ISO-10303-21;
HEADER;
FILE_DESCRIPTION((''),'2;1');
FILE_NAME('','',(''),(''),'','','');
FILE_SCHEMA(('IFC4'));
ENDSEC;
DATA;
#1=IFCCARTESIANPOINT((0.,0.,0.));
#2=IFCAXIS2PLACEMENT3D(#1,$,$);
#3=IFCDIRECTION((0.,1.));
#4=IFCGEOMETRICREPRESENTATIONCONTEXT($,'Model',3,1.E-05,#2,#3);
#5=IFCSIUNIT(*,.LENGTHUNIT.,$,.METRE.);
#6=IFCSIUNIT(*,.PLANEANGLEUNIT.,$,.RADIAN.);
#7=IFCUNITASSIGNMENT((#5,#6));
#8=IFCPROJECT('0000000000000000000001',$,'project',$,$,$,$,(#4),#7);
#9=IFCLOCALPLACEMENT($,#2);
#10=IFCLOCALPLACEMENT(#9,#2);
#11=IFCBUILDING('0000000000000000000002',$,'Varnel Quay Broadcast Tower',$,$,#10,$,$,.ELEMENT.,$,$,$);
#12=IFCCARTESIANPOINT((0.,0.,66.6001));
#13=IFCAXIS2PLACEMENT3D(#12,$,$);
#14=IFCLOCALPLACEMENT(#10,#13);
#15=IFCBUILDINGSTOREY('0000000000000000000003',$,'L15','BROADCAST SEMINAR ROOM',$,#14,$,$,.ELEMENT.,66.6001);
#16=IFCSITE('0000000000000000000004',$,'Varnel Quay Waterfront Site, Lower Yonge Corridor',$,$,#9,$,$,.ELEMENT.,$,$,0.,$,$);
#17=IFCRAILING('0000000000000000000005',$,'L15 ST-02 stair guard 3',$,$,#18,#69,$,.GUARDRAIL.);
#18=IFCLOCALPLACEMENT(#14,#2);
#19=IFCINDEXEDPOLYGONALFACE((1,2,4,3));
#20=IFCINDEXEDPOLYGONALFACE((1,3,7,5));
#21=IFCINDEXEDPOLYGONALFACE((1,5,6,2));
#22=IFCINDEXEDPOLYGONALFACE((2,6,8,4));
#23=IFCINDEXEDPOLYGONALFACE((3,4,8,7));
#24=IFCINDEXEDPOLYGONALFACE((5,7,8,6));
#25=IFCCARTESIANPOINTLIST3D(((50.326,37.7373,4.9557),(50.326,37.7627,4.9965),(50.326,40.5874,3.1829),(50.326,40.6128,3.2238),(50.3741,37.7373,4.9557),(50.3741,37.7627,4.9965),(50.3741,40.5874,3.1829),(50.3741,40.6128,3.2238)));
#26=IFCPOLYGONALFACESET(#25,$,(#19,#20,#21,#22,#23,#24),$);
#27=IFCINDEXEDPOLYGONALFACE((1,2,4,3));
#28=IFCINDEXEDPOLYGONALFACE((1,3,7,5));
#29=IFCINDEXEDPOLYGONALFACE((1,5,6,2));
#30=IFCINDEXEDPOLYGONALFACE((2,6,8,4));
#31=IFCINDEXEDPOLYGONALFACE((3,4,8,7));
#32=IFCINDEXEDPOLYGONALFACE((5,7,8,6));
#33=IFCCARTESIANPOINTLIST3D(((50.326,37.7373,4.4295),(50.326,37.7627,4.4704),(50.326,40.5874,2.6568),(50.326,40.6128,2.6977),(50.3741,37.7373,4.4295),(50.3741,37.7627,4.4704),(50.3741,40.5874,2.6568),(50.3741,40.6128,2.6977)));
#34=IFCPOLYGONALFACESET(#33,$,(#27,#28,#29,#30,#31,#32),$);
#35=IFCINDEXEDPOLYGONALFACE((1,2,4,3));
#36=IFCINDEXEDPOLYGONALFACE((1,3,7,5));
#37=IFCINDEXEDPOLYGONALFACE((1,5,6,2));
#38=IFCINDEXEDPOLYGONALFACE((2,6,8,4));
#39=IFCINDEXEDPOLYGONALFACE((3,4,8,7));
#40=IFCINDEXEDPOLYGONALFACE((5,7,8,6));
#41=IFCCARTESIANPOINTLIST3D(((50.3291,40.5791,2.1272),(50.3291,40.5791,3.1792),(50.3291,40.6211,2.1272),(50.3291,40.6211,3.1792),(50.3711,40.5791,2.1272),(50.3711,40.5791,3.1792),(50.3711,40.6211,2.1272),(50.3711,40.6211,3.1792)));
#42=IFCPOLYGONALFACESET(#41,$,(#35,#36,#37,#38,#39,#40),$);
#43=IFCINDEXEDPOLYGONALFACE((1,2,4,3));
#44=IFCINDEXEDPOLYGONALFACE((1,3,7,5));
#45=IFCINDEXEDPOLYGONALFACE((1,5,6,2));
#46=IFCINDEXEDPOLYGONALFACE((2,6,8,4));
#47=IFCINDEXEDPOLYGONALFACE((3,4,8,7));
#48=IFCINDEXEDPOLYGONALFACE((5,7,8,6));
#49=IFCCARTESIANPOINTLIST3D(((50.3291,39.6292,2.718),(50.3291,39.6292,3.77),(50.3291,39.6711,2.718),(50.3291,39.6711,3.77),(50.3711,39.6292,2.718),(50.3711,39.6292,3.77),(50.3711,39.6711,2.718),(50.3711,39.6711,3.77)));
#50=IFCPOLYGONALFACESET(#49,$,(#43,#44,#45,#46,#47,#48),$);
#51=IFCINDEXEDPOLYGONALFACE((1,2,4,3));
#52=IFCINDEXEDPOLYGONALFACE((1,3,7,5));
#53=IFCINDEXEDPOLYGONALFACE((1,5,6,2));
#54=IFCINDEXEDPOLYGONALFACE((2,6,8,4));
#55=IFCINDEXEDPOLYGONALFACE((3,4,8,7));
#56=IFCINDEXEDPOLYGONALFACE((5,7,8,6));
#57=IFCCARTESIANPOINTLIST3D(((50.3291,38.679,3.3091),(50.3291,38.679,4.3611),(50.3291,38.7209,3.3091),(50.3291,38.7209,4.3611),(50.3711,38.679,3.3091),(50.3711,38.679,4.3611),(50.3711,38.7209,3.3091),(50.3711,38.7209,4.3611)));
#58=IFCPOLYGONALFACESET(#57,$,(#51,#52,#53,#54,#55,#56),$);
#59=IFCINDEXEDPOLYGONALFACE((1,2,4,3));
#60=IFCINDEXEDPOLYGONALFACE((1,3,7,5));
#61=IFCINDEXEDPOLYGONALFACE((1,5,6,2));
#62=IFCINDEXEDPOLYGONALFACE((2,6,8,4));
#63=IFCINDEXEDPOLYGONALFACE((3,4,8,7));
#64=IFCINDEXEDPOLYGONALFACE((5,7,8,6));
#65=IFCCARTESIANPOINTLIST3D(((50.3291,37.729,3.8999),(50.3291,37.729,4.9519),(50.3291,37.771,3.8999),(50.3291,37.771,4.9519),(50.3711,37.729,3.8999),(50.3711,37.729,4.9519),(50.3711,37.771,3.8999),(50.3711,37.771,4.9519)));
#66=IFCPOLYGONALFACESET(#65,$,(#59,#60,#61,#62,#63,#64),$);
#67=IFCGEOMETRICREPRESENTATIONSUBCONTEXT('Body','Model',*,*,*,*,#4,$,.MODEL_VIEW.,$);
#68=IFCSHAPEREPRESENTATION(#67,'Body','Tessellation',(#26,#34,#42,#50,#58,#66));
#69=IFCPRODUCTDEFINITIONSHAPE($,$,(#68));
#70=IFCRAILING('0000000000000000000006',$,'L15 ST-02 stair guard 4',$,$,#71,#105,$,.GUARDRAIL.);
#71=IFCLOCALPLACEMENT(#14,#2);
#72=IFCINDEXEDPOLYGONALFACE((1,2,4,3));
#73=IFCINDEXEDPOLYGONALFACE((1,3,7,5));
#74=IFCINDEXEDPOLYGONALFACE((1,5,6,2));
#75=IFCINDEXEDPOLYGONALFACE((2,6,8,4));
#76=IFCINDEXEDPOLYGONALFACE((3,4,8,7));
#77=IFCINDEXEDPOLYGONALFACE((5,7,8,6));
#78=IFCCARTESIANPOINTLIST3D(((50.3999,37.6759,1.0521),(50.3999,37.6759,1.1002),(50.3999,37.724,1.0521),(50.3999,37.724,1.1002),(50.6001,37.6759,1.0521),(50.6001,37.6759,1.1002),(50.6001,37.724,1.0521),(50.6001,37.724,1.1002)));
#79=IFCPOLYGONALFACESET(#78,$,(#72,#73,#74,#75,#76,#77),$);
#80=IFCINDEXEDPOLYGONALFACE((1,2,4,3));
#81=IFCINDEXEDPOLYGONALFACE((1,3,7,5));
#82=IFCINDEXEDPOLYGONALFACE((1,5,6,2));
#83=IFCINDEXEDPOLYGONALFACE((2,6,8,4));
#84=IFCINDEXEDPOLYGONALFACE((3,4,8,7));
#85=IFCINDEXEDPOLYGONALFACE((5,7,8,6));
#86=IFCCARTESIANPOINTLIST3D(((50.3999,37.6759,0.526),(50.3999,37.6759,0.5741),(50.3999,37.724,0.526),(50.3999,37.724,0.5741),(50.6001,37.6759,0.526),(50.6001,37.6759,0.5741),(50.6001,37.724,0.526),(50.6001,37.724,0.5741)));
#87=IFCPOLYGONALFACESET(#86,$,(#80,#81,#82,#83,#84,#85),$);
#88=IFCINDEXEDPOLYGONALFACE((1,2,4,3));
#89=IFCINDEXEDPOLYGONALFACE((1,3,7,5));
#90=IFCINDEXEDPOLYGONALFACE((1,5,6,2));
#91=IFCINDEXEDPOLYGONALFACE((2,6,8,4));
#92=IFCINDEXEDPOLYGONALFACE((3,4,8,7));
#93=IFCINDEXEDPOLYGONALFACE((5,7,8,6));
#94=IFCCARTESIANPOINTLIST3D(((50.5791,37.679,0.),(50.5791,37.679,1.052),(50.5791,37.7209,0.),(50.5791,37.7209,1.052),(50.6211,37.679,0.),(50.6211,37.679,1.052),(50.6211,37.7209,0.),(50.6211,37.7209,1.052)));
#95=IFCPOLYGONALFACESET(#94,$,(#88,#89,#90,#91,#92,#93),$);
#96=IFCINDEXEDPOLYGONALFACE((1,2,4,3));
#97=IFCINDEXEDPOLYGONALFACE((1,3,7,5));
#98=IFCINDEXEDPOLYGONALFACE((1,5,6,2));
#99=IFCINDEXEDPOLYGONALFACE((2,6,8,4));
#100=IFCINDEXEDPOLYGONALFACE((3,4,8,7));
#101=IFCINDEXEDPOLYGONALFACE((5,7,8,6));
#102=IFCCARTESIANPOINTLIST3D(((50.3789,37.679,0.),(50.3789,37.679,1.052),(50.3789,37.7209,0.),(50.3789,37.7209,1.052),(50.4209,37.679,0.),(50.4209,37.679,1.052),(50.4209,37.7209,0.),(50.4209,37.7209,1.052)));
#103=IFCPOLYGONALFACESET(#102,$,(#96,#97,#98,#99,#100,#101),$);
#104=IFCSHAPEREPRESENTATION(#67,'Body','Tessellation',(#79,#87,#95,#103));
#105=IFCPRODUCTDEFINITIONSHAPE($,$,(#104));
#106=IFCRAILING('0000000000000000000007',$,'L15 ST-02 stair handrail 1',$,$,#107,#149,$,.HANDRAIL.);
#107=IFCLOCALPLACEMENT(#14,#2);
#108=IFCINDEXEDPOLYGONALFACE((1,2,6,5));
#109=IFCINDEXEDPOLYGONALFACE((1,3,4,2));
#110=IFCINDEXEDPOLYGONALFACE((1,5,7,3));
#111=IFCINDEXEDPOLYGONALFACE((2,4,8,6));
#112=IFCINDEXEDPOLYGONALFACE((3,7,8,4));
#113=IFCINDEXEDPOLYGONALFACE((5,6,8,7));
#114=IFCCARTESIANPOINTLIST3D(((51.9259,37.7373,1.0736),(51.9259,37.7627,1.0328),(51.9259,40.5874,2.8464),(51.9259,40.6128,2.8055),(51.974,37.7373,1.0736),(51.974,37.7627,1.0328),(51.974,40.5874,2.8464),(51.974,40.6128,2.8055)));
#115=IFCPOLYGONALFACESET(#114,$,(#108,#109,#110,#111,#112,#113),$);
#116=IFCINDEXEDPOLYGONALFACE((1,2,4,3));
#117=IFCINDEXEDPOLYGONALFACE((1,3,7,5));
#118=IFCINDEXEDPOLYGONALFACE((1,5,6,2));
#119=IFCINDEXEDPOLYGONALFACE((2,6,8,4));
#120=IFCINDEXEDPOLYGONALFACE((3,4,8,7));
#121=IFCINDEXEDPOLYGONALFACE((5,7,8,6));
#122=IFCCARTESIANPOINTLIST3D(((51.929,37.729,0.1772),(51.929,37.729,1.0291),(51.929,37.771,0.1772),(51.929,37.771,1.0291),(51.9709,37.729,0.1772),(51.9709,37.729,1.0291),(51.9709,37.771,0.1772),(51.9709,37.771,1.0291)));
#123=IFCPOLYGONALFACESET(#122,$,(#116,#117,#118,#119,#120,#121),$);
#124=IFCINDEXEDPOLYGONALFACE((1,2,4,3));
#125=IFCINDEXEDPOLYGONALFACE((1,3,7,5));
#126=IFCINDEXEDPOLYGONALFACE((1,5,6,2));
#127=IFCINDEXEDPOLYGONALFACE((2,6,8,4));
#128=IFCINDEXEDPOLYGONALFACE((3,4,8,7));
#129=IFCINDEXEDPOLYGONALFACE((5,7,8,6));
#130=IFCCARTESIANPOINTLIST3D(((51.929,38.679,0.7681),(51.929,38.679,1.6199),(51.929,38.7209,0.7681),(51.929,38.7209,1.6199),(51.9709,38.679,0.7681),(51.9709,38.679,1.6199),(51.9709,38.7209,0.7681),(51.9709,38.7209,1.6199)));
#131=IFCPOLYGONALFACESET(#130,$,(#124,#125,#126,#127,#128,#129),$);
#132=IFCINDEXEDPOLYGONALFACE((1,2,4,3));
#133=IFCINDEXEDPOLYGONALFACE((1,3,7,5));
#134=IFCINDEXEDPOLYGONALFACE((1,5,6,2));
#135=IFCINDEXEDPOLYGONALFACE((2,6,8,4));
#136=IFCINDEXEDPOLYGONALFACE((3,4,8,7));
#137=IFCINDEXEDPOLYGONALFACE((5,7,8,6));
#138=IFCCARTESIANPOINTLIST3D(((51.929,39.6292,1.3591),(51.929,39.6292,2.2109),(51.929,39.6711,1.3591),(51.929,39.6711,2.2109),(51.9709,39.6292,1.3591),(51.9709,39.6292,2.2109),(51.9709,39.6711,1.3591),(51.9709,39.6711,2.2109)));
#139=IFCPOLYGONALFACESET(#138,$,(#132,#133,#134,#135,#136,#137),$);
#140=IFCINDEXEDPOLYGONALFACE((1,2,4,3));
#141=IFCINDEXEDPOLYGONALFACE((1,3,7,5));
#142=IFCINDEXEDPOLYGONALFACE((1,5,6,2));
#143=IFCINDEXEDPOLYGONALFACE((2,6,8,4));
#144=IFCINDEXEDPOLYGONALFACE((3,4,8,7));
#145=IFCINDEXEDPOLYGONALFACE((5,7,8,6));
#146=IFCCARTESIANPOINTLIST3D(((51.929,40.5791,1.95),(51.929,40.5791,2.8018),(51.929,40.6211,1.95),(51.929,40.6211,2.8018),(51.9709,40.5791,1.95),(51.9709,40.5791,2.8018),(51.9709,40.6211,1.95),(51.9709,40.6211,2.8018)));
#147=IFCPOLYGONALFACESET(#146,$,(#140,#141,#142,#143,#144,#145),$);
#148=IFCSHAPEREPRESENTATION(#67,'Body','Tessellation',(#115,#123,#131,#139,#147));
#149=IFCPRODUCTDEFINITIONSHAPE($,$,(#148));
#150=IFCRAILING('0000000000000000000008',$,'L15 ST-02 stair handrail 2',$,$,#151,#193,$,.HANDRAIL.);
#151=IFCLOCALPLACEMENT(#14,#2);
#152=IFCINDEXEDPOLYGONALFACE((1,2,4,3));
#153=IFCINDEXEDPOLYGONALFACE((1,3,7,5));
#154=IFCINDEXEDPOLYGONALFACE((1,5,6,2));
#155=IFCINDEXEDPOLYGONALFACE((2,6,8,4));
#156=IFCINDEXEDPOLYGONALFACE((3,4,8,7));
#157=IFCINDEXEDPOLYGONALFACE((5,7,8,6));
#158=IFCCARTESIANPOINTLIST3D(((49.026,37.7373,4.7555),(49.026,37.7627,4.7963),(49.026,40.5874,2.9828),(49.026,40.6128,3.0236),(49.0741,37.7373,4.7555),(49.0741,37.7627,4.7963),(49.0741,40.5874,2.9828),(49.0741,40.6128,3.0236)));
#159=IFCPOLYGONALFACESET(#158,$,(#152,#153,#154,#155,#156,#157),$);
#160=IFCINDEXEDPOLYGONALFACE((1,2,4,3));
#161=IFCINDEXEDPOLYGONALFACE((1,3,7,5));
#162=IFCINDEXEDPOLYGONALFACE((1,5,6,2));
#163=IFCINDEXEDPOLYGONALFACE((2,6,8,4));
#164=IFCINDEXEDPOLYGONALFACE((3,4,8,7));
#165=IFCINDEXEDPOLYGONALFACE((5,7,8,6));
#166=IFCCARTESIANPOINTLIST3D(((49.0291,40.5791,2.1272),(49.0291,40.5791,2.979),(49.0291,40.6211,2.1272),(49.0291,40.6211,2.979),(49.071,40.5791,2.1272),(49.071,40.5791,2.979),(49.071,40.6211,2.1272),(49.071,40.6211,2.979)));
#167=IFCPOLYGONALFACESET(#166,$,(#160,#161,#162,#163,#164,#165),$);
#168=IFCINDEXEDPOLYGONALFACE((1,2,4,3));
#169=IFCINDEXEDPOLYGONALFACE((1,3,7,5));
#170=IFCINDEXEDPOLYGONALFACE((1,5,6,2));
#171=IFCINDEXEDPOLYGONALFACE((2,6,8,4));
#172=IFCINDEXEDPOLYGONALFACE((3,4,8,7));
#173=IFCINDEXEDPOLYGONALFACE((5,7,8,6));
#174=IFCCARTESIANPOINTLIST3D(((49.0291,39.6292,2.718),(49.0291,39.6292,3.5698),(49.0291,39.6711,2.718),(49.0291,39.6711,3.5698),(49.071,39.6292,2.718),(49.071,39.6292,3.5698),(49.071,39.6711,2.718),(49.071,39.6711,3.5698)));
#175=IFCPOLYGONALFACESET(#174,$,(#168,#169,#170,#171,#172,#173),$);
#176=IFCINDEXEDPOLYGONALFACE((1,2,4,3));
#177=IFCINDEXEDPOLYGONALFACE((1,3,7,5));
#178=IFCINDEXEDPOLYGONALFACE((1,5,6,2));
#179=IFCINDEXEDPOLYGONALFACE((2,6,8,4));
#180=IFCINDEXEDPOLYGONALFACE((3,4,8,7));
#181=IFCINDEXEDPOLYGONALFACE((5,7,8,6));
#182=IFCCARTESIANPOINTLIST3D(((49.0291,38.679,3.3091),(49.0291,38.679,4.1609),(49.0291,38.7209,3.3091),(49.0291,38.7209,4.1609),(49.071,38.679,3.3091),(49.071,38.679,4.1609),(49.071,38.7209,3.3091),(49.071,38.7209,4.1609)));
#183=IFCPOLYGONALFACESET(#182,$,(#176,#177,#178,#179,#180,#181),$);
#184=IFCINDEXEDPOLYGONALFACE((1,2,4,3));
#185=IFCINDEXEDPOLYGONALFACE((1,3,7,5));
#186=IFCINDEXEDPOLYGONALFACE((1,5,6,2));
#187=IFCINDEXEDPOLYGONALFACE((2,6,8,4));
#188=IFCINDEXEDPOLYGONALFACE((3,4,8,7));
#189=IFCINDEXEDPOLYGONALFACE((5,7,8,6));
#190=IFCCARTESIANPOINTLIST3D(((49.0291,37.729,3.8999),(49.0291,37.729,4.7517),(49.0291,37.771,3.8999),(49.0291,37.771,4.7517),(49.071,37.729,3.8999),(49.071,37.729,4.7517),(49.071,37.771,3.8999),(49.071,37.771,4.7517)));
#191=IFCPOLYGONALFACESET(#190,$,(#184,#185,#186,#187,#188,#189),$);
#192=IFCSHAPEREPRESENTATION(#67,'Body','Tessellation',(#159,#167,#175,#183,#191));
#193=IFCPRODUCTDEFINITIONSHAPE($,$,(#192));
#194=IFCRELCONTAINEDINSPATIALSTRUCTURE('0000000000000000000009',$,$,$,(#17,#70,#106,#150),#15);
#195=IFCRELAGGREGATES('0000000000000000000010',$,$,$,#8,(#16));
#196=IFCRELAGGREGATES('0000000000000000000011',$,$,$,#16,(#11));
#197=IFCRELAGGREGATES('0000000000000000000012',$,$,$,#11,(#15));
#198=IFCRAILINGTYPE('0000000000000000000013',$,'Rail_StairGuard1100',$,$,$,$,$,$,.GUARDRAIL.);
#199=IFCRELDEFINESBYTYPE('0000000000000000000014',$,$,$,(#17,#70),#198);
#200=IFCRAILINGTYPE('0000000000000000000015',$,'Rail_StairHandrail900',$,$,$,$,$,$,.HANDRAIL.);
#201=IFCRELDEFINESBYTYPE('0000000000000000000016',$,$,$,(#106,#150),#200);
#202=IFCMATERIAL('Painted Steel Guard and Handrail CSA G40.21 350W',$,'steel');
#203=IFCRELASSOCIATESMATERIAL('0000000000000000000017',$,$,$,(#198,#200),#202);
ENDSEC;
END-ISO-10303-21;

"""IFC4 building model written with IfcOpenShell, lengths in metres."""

from ifc_helpers import new_model, si_unit, direction, frame, origin, origin_2d, place, context, subcontext, project, spatial, rectangle, extrude, material, type_object, element, save


model = new_model("IFC4")

# Units and contexts
model_context = context("Model", 3, precision=1e-05, world=origin(), true_north=direction((0.0, 1.0)))
body_context = subcontext(model_context, "Body", "Model", "MODEL_VIEW")
ifc_project = project(units=[si_unit("LENGTHUNIT", "METRE"), si_unit("PLANEANGLEUNIT", "RADIAN")], contexts=[model_context])

# Site, building, storey
site_placement = place(None, origin())
site = spatial("IfcSite", under=ifc_project, at=site_placement, Name="Varnel Quay Waterfront Site, Lower Yonge Corridor", CompositionType="ELEMENT", RefElevation=0.0)
building_placement = place(site_placement, origin())
building = spatial("IfcBuilding", under=site, at=building_placement, Name="Varnel Quay Broadcast Tower", CompositionType="ELEMENT")
storey_placement = place(building_placement, frame((0.0, 0.0, 66.6001)))
storey = spatial("IfcBuildingStorey", under=building, at=storey_placement, Name="L15", Description="BROADCAST SEMINAR ROOM", CompositionType="ELEMENT", Elevation=66.6001)

# Railings
ifc_material_1 = material(Name="Painted Steel Guard and Handrail CSA G40.21 350W", Category="steel")
railing_type_1 = type_object("IfcRailingType", Name="Rail_StairGuard1100", PredefinedType="GUARDRAIL", material=ifc_material_1)
railing_1_placement = place(storey_placement, frame((50.3501, 40.6001, 2.1272)))
element("IfcRailing", 1, at=railing_1_placement, inside=storey, type_object=railing_type_1, Name="L15 ST-02 stair guard 3", PredefinedType="GUARDRAIL", context=body_context, shape_type="SweptSolid", body=[
    extrude(rectangle(XDim=0.0481, YDim=0.0481, at=origin_2d()), frame((0.0, 0.0, 1.0762), z_axis=(0.0, -0.849149, 0.528154), x_axis=(1.0, 0.0, 0.0)), (0.0, 0.0, 1.0), 3.3564),
    extrude(rectangle(XDim=0.0481, YDim=0.0481, at=origin_2d()), frame((0.0, 0.0, 0.55), z_axis=(0.0, -0.849149, 0.528154), x_axis=(1.0, 0.0, 0.0)), (0.0, 0.0, 1.0), 3.3564),
    extrude(rectangle(XDim=0.042, YDim=0.042, at=origin_2d()), origin(), (0.0, 0.0, 1.0), 1.052),
    extrude(rectangle(XDim=0.042, YDim=0.042, at=origin_2d()), frame((0.0, -0.95, 0.5908)), (0.0, 0.0, 1.0), 1.052),
    extrude(rectangle(XDim=0.042, YDim=0.042, at=origin_2d()), frame((0.0, -1.9001, 1.1819)), (0.0, 0.0, 1.0), 1.052),
    extrude(rectangle(XDim=0.042, YDim=0.042, at=origin_2d()), frame((0.0, -2.8501, 1.7727)), (0.0, 0.0, 1.0), 1.052),
])
railing_2_placement = place(storey_placement, frame((50.6001, 37.7, 0.0)))
element("IfcRailing", 2, at=railing_2_placement, inside=storey, type_object=railing_type_1, Name="L15 ST-02 stair guard 4", PredefinedType="GUARDRAIL", context=body_context, shape_type="SweptSolid", body=[
    extrude(rectangle(XDim=0.0481, YDim=0.0481, at=origin_2d()), frame((0.0, 0.0, 1.0762), z_axis=(-1.0, 0.0, 0.0), x_axis=(0.0, -1.0, 0.0)), (0.0, 0.0, 1.0), 0.2002),
    extrude(rectangle(XDim=0.0481, YDim=0.0481, at=origin_2d()), frame((0.0, 0.0, 0.55), z_axis=(-1.0, 0.0, 0.0), x_axis=(0.0, -1.0, 0.0)), (0.0, 0.0, 1.0), 0.2002),
    extrude(rectangle(XDim=0.042, YDim=0.042, at=origin_2d()), origin(), (0.0, 0.0, 1.0), 1.052),
    extrude(rectangle(XDim=0.042, YDim=0.042, at=origin_2d()), frame((-0.2002, 0.0, 0.0)), (0.0, 0.0, 1.0), 1.052),
])
railing_type_2 = type_object("IfcRailingType", Name="Rail_StairHandrail900", PredefinedType="HANDRAIL", material=ifc_material_1)
railing_3_placement = place(storey_placement, frame((51.95, 37.75, 0.1772)))
element("IfcRailing", 3, at=railing_3_placement, inside=storey, type_object=railing_type_2, Name="L15 ST-02 stair handrail 1", PredefinedType="HANDRAIL", context=body_context, shape_type="SweptSolid", body=[
    extrude(rectangle(XDim=0.0481, YDim=0.0481, at=origin_2d()), frame((0.0, 0.0, 0.876), z_axis=(0.0, 0.849149, 0.528154), x_axis=(-1.0, 0.0, 0.0)), (0.0, 0.0, 1.0), 3.3564),
    extrude(rectangle(XDim=0.042, YDim=0.042, at=origin_2d()), origin(), (0.0, 0.0, 1.0), 0.8518),
    extrude(rectangle(XDim=0.042, YDim=0.042, at=origin_2d()), frame((0.0, 0.95, 0.5908)), (0.0, 0.0, 1.0), 0.8518),
    extrude(rectangle(XDim=0.042, YDim=0.042, at=origin_2d()), frame((0.0, 1.9001, 1.1819)), (0.0, 0.0, 1.0), 0.8518),
    extrude(rectangle(XDim=0.042, YDim=0.042, at=origin_2d()), frame((0.0, 2.8501, 1.7727)), (0.0, 0.0, 1.0), 0.8518),
])
railing_4_placement = place(storey_placement, frame((49.05, 40.6001, 2.1272)))
element("IfcRailing", 4, at=railing_4_placement, inside=storey, type_object=railing_type_2, Name="L15 ST-02 stair handrail 2", PredefinedType="HANDRAIL", context=body_context, shape_type="SweptSolid", body=[
    extrude(rectangle(XDim=0.0481, YDim=0.0481, at=origin_2d()), frame((0.0, 0.0, 0.876), z_axis=(0.0, -0.849149, 0.528154), x_axis=(1.0, 0.0, 0.0)), (0.0, 0.0, 1.0), 3.3564),
    extrude(rectangle(XDim=0.042, YDim=0.042, at=origin_2d()), origin(), (0.0, 0.0, 1.0), 0.8518),
    extrude(rectangle(XDim=0.042, YDim=0.042, at=origin_2d()), frame((0.0, -0.95, 0.5908)), (0.0, 0.0, 1.0), 0.8518),
    extrude(rectangle(XDim=0.042, YDim=0.042, at=origin_2d()), frame((0.0, -1.9001, 1.1819)), (0.0, 0.0, 1.0), 0.8518),
    extrude(rectangle(XDim=0.042, YDim=0.042, at=origin_2d()), frame((0.0, -2.8501, 1.7727)), (0.0, 0.0, 1.0), 0.8518),
])

save(model, "model.ifc")
